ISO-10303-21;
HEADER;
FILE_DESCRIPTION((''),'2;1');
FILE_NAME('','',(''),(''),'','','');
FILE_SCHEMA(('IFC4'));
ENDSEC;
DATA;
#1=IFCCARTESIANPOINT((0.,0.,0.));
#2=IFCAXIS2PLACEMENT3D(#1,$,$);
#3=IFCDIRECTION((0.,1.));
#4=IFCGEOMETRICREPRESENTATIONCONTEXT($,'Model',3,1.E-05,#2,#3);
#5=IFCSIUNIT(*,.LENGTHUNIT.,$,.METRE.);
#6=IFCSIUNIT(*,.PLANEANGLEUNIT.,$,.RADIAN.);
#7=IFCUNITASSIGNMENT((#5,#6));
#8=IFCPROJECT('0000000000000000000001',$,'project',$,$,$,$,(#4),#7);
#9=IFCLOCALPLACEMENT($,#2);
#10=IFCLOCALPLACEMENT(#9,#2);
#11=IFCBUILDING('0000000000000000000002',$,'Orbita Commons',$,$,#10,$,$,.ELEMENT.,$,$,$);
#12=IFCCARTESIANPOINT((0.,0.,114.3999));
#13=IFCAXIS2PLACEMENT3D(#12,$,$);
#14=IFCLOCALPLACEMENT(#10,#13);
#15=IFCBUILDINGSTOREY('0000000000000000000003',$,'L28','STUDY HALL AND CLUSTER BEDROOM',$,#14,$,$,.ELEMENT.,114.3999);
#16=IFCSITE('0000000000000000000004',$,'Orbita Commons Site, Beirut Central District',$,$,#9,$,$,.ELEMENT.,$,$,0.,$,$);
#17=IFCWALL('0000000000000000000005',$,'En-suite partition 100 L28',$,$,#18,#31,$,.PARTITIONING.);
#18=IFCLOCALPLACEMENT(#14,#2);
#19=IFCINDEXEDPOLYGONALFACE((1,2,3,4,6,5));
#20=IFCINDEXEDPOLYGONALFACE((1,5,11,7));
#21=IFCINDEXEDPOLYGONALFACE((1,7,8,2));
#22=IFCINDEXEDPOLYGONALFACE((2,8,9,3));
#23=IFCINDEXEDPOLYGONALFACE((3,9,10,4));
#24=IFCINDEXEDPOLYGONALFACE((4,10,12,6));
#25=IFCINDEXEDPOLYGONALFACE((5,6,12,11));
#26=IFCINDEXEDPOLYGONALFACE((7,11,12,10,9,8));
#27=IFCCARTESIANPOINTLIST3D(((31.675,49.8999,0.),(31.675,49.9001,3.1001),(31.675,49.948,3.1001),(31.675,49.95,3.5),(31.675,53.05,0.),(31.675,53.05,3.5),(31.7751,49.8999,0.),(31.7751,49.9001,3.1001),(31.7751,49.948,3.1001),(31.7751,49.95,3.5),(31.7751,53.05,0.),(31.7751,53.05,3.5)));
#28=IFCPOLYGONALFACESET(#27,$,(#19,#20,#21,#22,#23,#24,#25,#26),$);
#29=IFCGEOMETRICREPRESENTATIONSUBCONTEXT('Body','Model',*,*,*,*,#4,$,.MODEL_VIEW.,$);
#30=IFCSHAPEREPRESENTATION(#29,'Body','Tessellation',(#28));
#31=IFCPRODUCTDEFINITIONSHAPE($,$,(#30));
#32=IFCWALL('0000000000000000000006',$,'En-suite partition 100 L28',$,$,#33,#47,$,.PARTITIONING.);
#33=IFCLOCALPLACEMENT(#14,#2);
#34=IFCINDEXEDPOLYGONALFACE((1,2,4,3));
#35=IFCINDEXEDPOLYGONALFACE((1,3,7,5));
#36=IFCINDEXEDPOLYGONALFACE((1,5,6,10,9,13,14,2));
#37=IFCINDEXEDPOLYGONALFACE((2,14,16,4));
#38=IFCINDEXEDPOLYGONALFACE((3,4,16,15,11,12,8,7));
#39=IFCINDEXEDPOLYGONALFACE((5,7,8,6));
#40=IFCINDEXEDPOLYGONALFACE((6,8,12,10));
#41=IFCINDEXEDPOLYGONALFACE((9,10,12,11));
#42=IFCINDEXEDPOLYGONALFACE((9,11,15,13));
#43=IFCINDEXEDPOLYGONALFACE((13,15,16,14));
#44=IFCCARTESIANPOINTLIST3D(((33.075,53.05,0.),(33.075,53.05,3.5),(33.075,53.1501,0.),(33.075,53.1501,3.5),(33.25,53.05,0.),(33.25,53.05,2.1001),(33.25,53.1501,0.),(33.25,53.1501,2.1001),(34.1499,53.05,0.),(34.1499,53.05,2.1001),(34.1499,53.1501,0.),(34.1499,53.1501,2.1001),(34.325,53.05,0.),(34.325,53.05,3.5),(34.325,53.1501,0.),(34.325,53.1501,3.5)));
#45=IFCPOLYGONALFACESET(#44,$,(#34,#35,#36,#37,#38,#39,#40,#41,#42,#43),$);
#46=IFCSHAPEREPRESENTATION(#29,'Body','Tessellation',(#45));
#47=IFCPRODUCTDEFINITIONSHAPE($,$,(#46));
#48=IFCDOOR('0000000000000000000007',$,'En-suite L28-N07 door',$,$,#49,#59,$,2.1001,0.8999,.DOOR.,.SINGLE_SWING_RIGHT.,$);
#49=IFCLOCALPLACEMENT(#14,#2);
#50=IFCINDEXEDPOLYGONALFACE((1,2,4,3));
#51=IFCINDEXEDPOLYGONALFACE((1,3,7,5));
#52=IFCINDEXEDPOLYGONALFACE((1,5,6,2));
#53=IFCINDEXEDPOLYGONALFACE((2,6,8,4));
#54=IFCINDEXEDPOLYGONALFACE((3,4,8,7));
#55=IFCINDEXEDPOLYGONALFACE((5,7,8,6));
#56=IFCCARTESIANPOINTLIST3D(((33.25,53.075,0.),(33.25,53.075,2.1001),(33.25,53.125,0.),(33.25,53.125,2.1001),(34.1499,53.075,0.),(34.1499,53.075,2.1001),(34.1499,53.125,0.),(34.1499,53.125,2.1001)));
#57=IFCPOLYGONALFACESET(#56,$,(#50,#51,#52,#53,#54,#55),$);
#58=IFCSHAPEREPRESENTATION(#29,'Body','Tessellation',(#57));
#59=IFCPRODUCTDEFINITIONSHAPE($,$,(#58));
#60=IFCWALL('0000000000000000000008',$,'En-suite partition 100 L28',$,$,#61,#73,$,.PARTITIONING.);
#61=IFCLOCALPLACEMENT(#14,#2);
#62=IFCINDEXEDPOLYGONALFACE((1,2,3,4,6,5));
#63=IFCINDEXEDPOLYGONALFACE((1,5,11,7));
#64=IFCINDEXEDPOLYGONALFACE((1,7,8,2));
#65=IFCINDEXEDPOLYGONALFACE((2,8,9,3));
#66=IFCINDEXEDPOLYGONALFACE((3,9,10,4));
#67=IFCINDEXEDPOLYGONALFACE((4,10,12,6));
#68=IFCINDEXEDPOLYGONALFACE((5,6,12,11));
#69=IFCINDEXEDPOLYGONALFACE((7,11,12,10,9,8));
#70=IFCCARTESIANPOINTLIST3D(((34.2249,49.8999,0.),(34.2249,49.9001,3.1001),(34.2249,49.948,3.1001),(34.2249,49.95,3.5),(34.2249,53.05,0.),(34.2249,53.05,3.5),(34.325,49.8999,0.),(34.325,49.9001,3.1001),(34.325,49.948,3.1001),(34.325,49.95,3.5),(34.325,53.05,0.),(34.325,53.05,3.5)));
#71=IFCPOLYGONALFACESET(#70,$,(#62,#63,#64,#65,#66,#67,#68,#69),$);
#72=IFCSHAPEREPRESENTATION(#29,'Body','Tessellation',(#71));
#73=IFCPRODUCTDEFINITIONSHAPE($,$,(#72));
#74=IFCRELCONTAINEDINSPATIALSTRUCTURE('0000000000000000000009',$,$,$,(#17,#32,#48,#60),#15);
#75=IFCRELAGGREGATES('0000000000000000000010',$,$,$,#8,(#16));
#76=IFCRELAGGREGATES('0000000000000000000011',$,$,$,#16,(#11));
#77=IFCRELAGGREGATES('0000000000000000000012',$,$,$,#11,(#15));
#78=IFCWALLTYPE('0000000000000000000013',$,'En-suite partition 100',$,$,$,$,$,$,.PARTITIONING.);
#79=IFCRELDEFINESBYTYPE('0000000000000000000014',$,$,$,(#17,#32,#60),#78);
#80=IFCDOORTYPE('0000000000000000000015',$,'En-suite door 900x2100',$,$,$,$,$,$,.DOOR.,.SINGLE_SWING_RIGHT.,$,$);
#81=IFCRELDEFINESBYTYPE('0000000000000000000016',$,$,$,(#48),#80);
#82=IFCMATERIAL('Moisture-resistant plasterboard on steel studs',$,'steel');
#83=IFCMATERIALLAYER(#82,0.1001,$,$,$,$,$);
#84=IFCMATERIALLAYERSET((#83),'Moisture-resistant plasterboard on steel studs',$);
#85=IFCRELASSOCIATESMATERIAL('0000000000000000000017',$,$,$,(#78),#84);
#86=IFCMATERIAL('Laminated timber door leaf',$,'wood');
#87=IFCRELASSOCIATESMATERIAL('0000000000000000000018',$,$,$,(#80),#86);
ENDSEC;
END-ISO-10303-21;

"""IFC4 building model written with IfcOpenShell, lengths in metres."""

from ifc_helpers import new_model, si_unit, direction, frame, frame_2d, origin, place, context, subcontext, project, spatial, polyline, rectangle, outline, extrude, material, layer, layer_set, type_object, element, fill, save


model = new_model("IFC4")

# Units and contexts
model_context = context("Model", 3, precision=1e-05, world=origin(), true_north=direction((0.0, 1.0)))
body_context = subcontext(model_context, "Body", "Model", "MODEL_VIEW")
ifc_project = project(units=[si_unit("LENGTHUNIT", "METRE"), si_unit("PLANEANGLEUNIT", "RADIAN")], contexts=[model_context])

# Site, building, storey
site_placement = place(None, origin())
site = spatial("IfcSite", under=ifc_project, at=site_placement, Name="Orbita Commons Site, Beirut Central District", CompositionType="ELEMENT", RefElevation=0.0)
building_placement = place(site_placement, origin())
building = spatial("IfcBuilding", under=site, at=building_placement, Name="Orbita Commons", CompositionType="ELEMENT")
storey_placement = place(building_placement, frame((0.0, 0.0, 114.3999)))
storey = spatial("IfcBuildingStorey", under=building, at=storey_placement, Name="L28", Description="STUDY HALL AND CLUSTER BEDROOM", CompositionType="ELEMENT", Elevation=114.3999)

# Shared definitions
ifc_material_1 = material(Name="Moisture-resistant plasterboard on steel studs", Category="steel")
ifc_layer_1 = layer(ifc_material_1, 0.1001)
ifc_layer_set_1 = layer_set([ifc_layer_1], Name="Moisture-resistant plasterboard on steel studs")
wall_type_1 = type_object("IfcWallType", Name="En-suite partition 100", PredefinedType="PARTITIONING", material=ifc_layer_set_1)
ifc_material_2 = material(Name="Laminated timber door leaf", Category="wood")
door_type_1 = type_object("IfcDoorType", Name="En-suite door 900x2100", OperationType="SINGLE_SWING_RIGHT", PredefinedType="DOOR", material=ifc_material_2)

# Wall
wall_1_placement = place(storey_placement, frame((31.7251, 53.05, 0.0), z_axis=(0.0, 0.0, 1.0), x_axis=(0.0, -1.0, 0.0)))
element("IfcWall", 1, at=wall_1_placement, inside=storey, type_object=wall_type_1, Name="En-suite partition 100 L28", PredefinedType="PARTITIONING", context=body_context, shape_type="SweptSolid", body=[
    extrude(outline(polyline([(0.0, 0.0), (3.1501, 0.0), (3.1499, 3.1001), (3.1021, 3.1001), (3.1001, 3.5), (0.0, 3.5), (0.0, 0.0)])), frame((0.0, 0.05, 0.0), z_axis=(0.0, -1.0, 0.0), x_axis=(1.0, 0.0, 0.0)), (0.0, 0.0, 1.0), 0.1001),
])

# Wall, opening, door
wall_2_placement = place(storey_placement, frame((33.075, 53.1001, 0.0), z_axis=(0.0, 0.0, 1.0), x_axis=(1.0, 0.0, 0.0)))
wall_2 = element("IfcWall", 2, at=wall_2_placement, inside=storey, type_object=wall_type_1, Name="En-suite partition 100 L28", PredefinedType="PARTITIONING", context=body_context, shape_type="SweptSolid", body=[
    extrude(rectangle(XDim=1.25, YDim=0.1001, at=frame_2d((0.625, 0.0))), origin(), (0.0, 0.0, 1.0), 3.5),
])
opening_1_placement = place(wall_2_placement, frame((0.175, 0.0, 0.0)))
opening_1 = element("IfcOpeningElement", 3, at=opening_1_placement, cuts=wall_2, PredefinedType="OPENING", context=body_context, shape_type="SweptSolid", body=[
    extrude(rectangle(XDim=0.8999, YDim=2.1001, at=frame_2d((0.45, 1.05))), frame((0.0, 0.0601, 0.0), z_axis=(0.0, -1.0, 0.0), x_axis=(1.0, 0.0, 0.0)), (0.0, 0.0, 1.0), 0.1201),
])
door_1_placement = place(opening_1_placement, origin())
door_1 = element("IfcDoor", 4, at=door_1_placement, inside=storey, type_object=door_type_1, Name="En-suite L28-N07 door", OperationType="SINGLE_SWING_RIGHT", OverallHeight=2.1001, OverallWidth=0.8999, PredefinedType="DOOR", context=body_context, shape_type="SweptSolid", body=[
    extrude(rectangle(XDim=0.8999, YDim=2.1001, at=frame_2d((0.45, 1.05))), frame((0.0, 0.0249, 0.0), z_axis=(0.0, -1.0, 0.0), x_axis=(1.0, 0.0, 0.0)), (0.0, 0.0, 1.0), 0.05),
])
fill(opening_1, door_1)

# Wall
wall_3_placement = place(storey_placement, frame((34.2749, 53.05, 0.0), z_axis=(0.0, 0.0, 1.0), x_axis=(0.0, -1.0, 0.0)))
element("IfcWall", 5, at=wall_3_placement, inside=storey, type_object=wall_type_1, Name="En-suite partition 100 L28", PredefinedType="PARTITIONING", context=body_context, shape_type="SweptSolid", body=[
    extrude(outline(polyline([(0.0, 0.0), (3.1501, 0.0), (3.1499, 3.1001), (3.1021, 3.1001), (3.1001, 3.5), (0.0, 3.5), (0.0, 0.0)])), frame((0.0, 0.05, 0.0), z_axis=(0.0, -1.0, 0.0), x_axis=(1.0, 0.0, 0.0)), (0.0, 0.0, 1.0), 0.1001),
])

save(model, "model.ifc")
